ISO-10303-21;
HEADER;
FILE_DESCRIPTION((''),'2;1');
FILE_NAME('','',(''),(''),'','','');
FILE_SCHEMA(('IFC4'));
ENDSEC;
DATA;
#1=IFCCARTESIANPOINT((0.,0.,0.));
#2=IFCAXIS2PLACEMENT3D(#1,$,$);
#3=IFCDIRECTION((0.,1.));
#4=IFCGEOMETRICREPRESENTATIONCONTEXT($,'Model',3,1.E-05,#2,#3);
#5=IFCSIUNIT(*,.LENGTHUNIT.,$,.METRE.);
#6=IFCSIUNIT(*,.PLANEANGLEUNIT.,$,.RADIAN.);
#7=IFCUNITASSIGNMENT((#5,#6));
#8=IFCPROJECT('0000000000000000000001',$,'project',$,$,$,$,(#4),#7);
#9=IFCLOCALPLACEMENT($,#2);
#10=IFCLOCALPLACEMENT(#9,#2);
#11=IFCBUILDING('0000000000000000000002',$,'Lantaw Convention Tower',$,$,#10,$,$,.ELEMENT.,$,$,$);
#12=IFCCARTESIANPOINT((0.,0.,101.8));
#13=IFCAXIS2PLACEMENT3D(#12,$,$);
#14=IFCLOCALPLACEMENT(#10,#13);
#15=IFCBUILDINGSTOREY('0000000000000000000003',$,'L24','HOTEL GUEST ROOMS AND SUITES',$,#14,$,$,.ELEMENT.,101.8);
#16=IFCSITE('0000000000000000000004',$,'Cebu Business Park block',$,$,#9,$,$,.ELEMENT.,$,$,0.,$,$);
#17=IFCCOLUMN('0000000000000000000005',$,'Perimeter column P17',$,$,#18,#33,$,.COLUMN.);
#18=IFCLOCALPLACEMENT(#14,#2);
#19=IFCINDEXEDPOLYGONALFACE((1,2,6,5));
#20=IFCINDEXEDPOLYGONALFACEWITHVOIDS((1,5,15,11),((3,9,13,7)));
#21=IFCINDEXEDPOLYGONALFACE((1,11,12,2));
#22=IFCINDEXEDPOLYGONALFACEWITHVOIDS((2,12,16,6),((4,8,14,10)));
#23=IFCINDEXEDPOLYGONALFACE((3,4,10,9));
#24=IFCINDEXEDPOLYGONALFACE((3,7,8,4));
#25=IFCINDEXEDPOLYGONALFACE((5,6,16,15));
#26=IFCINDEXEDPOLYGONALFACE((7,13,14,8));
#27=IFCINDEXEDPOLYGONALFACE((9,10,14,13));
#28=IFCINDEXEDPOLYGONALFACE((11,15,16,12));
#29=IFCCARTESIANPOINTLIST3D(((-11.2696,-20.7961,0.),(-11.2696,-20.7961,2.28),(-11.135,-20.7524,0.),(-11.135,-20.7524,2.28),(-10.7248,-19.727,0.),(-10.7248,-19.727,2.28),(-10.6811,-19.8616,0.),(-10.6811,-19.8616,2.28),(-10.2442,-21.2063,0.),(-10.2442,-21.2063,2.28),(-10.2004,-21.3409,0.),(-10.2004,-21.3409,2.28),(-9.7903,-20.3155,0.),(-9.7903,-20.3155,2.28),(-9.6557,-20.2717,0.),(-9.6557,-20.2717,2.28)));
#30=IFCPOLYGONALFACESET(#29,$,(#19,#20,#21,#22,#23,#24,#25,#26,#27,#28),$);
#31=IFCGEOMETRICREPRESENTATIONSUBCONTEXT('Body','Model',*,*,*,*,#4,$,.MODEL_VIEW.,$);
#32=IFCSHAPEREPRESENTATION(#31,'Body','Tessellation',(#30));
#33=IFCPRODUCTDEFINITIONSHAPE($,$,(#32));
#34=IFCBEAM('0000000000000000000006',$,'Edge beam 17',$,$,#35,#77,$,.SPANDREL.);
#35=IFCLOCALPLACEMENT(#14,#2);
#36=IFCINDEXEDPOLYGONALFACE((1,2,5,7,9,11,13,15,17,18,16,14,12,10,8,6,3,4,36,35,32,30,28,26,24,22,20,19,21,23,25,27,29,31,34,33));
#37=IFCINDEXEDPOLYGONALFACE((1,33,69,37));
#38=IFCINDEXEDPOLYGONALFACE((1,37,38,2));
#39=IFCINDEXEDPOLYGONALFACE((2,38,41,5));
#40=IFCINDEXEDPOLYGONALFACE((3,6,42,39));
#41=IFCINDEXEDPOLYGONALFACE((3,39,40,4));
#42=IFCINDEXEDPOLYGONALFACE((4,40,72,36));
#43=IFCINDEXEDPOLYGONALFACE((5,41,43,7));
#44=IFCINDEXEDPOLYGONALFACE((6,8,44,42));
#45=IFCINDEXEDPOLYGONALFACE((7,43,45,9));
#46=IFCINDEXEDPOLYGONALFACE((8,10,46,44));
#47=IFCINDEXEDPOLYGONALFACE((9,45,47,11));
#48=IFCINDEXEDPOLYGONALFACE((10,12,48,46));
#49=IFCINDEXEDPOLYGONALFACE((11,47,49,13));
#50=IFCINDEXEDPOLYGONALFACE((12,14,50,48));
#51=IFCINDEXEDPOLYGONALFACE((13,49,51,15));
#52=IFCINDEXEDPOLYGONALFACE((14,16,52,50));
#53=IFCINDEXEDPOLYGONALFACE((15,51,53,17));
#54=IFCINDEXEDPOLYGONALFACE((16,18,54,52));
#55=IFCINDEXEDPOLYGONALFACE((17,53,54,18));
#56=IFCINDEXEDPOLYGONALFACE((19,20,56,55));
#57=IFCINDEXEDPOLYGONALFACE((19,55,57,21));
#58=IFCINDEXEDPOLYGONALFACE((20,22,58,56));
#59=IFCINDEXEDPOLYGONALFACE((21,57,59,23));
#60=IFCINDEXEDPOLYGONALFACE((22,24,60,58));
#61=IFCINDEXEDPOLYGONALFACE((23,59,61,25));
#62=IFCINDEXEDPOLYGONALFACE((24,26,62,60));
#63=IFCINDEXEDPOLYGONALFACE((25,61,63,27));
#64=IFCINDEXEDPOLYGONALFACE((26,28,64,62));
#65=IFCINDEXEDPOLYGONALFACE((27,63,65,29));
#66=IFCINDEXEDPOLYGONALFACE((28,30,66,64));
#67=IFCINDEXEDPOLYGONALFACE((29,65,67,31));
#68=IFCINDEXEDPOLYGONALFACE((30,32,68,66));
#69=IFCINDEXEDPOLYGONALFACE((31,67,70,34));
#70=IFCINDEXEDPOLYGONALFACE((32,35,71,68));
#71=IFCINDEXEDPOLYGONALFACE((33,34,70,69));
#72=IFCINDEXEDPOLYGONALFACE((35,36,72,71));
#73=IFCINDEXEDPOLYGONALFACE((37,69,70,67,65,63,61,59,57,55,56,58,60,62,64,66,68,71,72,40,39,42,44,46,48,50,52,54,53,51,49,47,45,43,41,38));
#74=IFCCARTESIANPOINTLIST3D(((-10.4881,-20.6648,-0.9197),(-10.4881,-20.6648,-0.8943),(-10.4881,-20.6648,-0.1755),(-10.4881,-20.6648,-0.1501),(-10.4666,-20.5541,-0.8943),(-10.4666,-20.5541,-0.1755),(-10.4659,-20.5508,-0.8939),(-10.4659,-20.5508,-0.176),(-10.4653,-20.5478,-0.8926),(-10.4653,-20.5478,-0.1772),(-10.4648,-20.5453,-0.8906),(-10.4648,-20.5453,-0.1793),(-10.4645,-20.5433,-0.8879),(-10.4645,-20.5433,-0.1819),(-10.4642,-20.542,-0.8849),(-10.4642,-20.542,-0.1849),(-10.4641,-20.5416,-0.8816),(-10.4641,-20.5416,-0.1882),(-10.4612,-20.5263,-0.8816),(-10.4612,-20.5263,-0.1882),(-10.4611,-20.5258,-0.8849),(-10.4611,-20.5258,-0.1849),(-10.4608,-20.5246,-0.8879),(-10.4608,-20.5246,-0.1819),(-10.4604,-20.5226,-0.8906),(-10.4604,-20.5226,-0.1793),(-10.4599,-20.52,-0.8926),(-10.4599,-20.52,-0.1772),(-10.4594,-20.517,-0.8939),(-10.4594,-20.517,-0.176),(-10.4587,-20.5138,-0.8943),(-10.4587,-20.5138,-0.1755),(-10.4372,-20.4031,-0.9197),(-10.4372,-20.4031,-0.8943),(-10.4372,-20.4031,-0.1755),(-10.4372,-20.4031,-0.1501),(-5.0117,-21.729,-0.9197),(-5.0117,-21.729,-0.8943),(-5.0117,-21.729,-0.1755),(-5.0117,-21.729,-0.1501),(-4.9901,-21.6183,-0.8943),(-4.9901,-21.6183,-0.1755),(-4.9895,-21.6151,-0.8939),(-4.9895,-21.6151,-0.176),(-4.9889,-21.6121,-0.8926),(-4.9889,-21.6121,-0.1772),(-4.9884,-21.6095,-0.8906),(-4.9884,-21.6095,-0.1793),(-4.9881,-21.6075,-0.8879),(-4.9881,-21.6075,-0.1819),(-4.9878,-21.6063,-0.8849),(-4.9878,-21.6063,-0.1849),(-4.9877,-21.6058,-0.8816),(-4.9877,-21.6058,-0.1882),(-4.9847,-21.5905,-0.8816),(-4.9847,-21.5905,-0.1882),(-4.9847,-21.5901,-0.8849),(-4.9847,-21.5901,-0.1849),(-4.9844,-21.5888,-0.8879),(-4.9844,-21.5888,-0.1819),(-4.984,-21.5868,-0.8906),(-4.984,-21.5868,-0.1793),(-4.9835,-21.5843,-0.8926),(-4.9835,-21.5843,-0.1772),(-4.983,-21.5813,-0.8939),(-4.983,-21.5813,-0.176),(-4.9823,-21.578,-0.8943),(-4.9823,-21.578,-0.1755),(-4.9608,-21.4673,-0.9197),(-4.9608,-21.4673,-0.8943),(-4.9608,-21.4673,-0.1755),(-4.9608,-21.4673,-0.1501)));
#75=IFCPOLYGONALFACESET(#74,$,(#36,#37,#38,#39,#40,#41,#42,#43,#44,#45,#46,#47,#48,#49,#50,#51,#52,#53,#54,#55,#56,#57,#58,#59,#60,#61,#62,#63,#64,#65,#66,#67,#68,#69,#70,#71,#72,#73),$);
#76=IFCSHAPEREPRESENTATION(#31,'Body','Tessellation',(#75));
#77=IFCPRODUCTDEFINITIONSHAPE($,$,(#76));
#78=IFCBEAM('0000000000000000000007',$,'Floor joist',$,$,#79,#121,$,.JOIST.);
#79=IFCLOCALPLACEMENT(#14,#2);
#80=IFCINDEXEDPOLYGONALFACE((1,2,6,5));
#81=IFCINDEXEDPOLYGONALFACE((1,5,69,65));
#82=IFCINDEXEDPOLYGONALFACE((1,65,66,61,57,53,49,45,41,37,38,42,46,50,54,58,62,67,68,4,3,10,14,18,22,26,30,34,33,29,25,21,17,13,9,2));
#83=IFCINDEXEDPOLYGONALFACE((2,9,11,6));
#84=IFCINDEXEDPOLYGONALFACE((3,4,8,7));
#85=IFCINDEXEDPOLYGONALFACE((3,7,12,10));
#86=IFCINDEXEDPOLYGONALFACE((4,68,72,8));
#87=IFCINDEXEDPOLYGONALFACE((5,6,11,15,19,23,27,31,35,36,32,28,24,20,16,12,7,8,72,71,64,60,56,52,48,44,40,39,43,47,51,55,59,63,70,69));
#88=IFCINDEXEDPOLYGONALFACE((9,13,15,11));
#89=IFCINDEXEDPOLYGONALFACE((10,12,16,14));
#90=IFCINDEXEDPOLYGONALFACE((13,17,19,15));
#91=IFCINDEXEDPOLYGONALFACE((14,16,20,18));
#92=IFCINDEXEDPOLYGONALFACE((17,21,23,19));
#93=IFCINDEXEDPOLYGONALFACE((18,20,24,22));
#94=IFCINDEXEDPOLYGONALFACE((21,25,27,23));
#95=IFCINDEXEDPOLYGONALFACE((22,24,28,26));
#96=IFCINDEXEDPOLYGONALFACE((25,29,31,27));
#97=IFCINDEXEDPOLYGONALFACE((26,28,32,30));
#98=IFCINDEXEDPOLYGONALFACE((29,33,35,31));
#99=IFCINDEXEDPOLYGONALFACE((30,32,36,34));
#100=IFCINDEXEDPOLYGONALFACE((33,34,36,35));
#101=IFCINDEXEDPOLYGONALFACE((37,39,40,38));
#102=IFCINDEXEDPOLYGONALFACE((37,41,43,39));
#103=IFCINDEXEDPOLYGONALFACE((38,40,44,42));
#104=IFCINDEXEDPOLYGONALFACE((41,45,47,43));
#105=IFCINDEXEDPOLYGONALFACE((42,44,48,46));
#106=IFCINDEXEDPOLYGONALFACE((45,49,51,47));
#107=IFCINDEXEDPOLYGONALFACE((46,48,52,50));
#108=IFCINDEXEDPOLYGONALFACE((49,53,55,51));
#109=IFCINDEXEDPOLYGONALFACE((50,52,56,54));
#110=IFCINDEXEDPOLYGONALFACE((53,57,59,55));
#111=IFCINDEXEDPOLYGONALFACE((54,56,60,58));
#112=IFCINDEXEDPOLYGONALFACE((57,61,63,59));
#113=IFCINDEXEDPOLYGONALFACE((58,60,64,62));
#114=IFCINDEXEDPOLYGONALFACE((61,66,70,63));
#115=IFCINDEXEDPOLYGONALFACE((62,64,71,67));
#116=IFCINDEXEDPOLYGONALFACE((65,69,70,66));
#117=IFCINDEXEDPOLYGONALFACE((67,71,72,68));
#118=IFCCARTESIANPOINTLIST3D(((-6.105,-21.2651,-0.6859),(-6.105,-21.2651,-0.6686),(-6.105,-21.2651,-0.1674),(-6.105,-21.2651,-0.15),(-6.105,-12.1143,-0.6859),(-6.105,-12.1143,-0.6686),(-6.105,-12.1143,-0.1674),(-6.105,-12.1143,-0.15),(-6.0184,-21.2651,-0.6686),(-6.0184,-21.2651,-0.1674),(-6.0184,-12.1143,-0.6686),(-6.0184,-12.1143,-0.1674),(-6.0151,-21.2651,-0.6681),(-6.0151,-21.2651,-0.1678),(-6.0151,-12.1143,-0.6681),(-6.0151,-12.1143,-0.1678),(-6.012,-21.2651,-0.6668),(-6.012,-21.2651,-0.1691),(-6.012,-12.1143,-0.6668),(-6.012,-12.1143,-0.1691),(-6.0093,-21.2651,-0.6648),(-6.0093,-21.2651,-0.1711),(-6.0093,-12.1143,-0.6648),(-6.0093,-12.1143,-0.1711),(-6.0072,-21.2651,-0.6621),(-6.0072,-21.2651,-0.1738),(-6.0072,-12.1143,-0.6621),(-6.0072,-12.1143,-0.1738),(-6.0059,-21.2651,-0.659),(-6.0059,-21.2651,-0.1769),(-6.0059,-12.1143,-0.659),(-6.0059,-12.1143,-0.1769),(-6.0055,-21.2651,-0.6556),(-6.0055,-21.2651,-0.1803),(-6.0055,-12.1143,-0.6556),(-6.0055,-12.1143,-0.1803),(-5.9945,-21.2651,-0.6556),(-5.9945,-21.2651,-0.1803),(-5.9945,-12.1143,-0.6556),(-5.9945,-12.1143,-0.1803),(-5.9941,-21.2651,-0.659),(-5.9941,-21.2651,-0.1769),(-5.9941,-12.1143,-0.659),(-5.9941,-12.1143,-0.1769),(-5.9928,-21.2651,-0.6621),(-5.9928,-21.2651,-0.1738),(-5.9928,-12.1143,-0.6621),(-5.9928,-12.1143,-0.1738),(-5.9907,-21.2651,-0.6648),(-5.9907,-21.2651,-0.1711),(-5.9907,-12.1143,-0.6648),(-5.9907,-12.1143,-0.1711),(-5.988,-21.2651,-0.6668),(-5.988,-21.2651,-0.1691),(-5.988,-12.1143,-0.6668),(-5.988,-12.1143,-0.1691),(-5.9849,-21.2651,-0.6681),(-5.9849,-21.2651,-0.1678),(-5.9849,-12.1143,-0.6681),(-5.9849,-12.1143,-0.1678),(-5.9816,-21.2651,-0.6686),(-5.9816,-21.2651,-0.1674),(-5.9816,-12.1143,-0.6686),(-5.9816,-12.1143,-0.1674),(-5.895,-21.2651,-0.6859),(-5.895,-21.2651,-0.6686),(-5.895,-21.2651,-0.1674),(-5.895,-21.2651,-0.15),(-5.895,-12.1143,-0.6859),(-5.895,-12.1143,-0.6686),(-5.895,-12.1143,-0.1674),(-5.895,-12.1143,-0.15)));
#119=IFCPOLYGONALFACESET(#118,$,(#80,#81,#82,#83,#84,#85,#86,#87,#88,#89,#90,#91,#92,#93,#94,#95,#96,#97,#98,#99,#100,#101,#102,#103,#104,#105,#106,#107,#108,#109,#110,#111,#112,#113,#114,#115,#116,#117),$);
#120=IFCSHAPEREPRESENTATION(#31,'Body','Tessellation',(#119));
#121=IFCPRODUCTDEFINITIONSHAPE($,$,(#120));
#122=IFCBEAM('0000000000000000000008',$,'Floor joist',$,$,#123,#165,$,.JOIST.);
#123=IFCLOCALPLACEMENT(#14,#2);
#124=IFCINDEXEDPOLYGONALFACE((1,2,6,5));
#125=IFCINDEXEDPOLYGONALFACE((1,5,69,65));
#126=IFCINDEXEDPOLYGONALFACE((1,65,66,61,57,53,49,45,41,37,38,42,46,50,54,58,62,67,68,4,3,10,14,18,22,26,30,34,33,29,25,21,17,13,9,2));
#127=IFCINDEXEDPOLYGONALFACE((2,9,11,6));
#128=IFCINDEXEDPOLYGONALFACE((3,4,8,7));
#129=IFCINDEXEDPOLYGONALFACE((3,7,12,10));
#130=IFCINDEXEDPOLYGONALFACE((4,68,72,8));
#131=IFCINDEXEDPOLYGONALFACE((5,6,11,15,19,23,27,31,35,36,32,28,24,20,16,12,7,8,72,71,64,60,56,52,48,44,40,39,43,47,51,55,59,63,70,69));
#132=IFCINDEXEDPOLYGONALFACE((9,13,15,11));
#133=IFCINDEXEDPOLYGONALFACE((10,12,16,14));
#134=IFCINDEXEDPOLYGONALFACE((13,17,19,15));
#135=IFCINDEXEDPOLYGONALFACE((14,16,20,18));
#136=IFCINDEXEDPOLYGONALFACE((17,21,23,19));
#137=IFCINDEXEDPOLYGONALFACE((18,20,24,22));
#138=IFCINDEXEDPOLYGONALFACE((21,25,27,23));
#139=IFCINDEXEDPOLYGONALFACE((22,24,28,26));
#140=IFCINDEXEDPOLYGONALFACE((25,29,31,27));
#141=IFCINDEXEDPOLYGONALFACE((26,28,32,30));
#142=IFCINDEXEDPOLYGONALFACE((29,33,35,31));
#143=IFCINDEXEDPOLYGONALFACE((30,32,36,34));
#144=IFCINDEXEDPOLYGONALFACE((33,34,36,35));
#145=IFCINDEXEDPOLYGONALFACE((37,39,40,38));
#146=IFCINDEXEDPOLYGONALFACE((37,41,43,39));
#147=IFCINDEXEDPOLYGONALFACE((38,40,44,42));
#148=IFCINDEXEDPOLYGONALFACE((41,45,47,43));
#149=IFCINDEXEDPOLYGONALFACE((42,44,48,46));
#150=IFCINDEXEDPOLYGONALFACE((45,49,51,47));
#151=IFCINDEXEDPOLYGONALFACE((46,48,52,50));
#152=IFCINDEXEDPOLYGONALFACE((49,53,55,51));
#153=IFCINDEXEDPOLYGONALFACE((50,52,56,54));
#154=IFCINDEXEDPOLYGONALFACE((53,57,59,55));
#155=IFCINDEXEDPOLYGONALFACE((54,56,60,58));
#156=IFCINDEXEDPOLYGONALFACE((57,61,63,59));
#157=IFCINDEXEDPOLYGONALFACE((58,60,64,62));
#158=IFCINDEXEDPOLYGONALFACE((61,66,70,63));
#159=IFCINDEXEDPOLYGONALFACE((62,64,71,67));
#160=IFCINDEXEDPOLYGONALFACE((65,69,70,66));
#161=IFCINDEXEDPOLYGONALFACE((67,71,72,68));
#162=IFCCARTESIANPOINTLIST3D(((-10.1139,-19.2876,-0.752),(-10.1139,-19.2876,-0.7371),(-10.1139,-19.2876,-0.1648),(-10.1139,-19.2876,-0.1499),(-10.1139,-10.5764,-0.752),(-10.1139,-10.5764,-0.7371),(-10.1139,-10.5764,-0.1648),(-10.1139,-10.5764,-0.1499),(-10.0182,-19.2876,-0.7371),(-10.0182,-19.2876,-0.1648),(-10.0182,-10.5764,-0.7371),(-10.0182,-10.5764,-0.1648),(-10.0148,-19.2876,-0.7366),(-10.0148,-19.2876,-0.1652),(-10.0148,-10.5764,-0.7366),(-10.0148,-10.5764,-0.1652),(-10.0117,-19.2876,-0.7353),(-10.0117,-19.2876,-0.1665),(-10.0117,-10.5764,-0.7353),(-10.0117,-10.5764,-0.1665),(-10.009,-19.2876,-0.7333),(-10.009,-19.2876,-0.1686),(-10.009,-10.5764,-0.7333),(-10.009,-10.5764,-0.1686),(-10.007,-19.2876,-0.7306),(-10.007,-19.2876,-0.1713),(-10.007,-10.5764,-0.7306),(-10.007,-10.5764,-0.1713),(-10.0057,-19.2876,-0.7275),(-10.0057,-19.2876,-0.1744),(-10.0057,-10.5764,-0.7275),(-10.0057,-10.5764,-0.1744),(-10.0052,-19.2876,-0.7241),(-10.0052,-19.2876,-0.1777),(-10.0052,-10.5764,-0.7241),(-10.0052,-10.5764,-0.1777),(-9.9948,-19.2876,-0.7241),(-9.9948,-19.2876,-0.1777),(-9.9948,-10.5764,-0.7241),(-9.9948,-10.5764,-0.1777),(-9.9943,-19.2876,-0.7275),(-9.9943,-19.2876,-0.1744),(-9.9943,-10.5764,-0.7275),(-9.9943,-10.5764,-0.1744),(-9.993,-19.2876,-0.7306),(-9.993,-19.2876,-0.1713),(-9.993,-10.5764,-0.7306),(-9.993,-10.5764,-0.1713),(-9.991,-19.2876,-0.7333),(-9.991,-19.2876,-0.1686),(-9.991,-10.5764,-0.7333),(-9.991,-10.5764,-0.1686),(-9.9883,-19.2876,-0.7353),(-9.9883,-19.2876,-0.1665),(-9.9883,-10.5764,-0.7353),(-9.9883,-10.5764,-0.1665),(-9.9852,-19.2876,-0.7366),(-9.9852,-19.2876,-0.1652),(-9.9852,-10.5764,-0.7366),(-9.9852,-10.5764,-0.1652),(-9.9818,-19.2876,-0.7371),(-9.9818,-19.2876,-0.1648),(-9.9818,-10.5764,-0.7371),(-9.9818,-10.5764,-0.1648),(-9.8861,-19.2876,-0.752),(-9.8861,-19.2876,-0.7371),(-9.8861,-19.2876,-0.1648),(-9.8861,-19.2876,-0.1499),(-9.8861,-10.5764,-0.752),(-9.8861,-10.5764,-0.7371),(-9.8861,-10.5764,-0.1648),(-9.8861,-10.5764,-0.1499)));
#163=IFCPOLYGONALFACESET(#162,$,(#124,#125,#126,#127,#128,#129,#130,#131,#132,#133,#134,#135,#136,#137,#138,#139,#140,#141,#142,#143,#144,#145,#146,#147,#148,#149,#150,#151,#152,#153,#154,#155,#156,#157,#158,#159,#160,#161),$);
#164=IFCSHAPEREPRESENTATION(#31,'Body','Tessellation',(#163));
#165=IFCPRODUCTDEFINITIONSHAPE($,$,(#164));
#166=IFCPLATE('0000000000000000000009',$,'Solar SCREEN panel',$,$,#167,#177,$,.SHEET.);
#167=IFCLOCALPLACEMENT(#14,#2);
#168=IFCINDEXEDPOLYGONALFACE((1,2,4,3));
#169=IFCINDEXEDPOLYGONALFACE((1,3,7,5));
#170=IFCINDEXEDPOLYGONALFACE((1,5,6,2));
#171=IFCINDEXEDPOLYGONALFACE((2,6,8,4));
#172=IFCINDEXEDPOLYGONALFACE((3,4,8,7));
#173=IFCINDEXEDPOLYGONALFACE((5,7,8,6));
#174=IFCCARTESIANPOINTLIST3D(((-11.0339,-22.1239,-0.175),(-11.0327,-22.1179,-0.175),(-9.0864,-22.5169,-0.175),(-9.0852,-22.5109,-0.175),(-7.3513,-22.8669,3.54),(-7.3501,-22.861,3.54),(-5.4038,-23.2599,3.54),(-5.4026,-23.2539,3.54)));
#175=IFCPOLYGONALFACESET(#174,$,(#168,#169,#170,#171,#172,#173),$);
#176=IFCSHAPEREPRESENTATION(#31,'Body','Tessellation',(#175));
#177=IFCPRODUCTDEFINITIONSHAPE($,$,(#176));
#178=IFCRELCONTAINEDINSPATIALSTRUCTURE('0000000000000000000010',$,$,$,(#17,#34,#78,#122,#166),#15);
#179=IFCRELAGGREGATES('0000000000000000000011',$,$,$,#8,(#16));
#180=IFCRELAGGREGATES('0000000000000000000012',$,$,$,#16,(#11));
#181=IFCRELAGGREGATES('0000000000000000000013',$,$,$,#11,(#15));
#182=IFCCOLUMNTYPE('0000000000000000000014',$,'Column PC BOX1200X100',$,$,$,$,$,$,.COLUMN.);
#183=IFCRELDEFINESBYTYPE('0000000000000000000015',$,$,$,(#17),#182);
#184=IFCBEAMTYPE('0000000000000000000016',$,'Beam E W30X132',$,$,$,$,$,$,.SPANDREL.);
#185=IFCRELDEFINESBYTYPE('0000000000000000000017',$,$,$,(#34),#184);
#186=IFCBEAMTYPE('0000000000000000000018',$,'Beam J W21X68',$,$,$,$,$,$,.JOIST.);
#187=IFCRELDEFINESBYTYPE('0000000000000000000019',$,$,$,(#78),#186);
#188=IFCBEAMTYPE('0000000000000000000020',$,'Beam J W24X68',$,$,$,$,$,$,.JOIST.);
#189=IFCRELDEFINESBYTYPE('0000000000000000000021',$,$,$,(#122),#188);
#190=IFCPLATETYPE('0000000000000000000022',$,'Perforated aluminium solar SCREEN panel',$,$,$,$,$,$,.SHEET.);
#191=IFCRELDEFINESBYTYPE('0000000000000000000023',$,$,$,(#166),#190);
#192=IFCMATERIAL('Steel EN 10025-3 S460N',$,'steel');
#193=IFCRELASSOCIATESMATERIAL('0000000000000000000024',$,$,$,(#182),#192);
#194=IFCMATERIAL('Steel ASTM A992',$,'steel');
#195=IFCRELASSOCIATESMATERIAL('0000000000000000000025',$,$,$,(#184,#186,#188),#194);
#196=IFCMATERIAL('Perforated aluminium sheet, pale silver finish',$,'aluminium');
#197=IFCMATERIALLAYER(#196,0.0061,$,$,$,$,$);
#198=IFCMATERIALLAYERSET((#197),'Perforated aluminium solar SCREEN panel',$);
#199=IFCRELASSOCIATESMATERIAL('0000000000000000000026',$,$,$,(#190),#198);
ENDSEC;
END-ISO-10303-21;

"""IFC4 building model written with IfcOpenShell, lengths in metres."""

from ifc_helpers import new_model, si_unit, direction, frame, origin, origin_2d, place, context, subcontext, project, spatial, polyline, rectangle, hollow_rectangle, i_section, outline, extrude, material, layer, layer_set, material_profile, profile_set, type_object, element, save


model = new_model("IFC4")

# Units and contexts
model_context = context("Model", 3, precision=1e-05, world=origin(), true_north=direction((0.0, 1.0)))
body_context = subcontext(model_context, "Body", "Model", "MODEL_VIEW")
ifc_project = project(units=[si_unit("LENGTHUNIT", "METRE"), si_unit("PLANEANGLEUNIT", "RADIAN")], contexts=[model_context])

# Site, building, storey
site_placement = place(None, origin())
site = spatial("IfcSite", under=ifc_project, at=site_placement, Name="Cebu Business Park block", CompositionType="ELEMENT", RefElevation=0.0)
building_placement = place(site_placement, origin())
building = spatial("IfcBuilding", under=site, at=building_placement, Name="Lantaw Convention Tower", CompositionType="ELEMENT")
storey_placement = place(building_placement, frame((0.0, 0.0, 101.8)))
storey = spatial("IfcBuildingStorey", under=building, at=storey_placement, Name="L24", Description="HOTEL GUEST ROOMS AND SUITES", CompositionType="ELEMENT", Elevation=101.8)

# Column
ifc_material_1 = material(Name="Steel EN 10025-3 S460N", Category="steel")
ifc_material_profile_1 = material_profile(ifc_material_1, hollow_rectangle(XDim=1.2, YDim=1.2, WallThickness=0.1001, at=origin_2d()), Name="BOX1200X100")
ifc_material_2 = material(Name="Concrete C60/75", Category="concrete")
ifc_material_profile_2 = material_profile(ifc_material_2, rectangle(XDim=1.0, YDim=1.0, at=origin_2d()), Name="Concrete fill of BOX1200X100")
ifc_profile_set_1 = profile_set([ifc_material_profile_1, ifc_material_profile_2], Name="Steel EN 10025-3 S460N")
column_type = type_object("IfcColumnType", Name="Column PC BOX1200X100", PredefinedType="COLUMN", material=ifc_profile_set_1)
column_placement = place(storey_placement, frame((-10.4626, -20.5339, 0.0), z_axis=(0.0, 0.0, 1.0), x_axis=(0.45399, 0.891007, 0.0)))
element("IfcColumn", 1, at=column_placement, inside=storey, type_object=column_type, Name="Perimeter column P17", PredefinedType="COLUMN", context=body_context, shape_type="SweptSolid", body=[
    extrude(hollow_rectangle(XDim=1.2, YDim=1.2, WallThickness=0.1001, at=origin_2d()), origin(), (0.0, 0.0, 1.0), 2.28),
])

# Beams
ifc_material_3 = material(Name="Steel ASTM A992", Category="steel")
ifc_material_profile_3 = material_profile(ifc_material_3, i_section(OverallWidth=0.2666, OverallDepth=0.7695, WebThickness=0.0156, FlangeThickness=0.0254, FilletRadius=0.0127, at=origin_2d()), Name="W30X132")
ifc_profile_set_2 = profile_set([ifc_material_profile_3], Name="Steel ASTM A992")
beam_type_1 = type_object("IfcBeamType", Name="Beam E W30X132", PredefinedType="SPANDREL", material=ifc_profile_set_2)
beam_1_placement = place(storey_placement, frame((-10.4626, -20.5339, -0.5349), z_axis=(0.981637, -0.190761, 0.0), x_axis=(0.190761, 0.981637, 0.0)))
element("IfcBeam", 2, at=beam_1_placement, inside=storey, type_object=beam_type_1, Name="Edge beam 17", PredefinedType="SPANDREL", context=body_context, shape_type="SweptSolid", body=[
    extrude(i_section(OverallWidth=0.2666, OverallDepth=0.7695, WebThickness=0.0156, FlangeThickness=0.0254, FilletRadius=0.0127, at=origin_2d()), origin(), (0.0, 0.0, 1.0), 5.5789),
])
ifc_material_profile_4 = material_profile(ifc_material_3, i_section(OverallWidth=0.21, OverallDepth=0.5359, WebThickness=0.011, FlangeThickness=0.0173, FilletRadius=0.0129, at=origin_2d()), Name="W21X68")
ifc_profile_set_3 = profile_set([ifc_material_profile_4], Name="Steel ASTM A992")
beam_type_2 = type_object("IfcBeamType", Name="Beam J W21X68", PredefinedType="JOIST", material=ifc_profile_set_3)
beam_2_placement = place(storey_placement, frame((-6.0, -21.2651, -0.418), z_axis=(0.0, 1.0, 0.0), x_axis=(-1.0, 0.0, 0.0)))
element("IfcBeam", 3, at=beam_2_placement, inside=storey, type_object=beam_type_2, Name="Floor joist", PredefinedType="JOIST", context=body_context, shape_type="SweptSolid", body=[
    extrude(i_section(OverallWidth=0.21, OverallDepth=0.5359, WebThickness=0.011, FlangeThickness=0.0173, FilletRadius=0.0129, at=origin_2d()), origin(), (0.0, 0.0, 1.0), 9.1509),
])
ifc_material_profile_5 = material_profile(ifc_material_3, i_section(OverallWidth=0.2278, OverallDepth=0.6021, WebThickness=0.0105, FlangeThickness=0.0149, FilletRadius=0.0129, at=origin_2d()), Name="W24X68")
ifc_profile_set_4 = profile_set([ifc_material_profile_5], Name="Steel ASTM A992")
beam_type_3 = type_object("IfcBeamType", Name="Beam J W24X68", PredefinedType="JOIST", material=ifc_profile_set_4)
beam_3_placement = place(storey_placement, frame((-10.0, -19.2876, -0.4509), z_axis=(0.0, 1.0, 0.0), x_axis=(-1.0, 0.0, 0.0)))
element("IfcBeam", 4, at=beam_3_placement, inside=storey, type_object=beam_type_3, Name="Floor joist", PredefinedType="JOIST", context=body_context, shape_type="SweptSolid", body=[
    extrude(i_section(OverallWidth=0.2278, OverallDepth=0.6021, WebThickness=0.0105, FlangeThickness=0.0149, FilletRadius=0.0129, at=origin_2d()), origin(), (0.0, 0.0, 1.0), 8.7112),
])

# Plate
ifc_material_4 = material(Name="Perforated aluminium sheet, pale silver finish", Category="aluminium")
ifc_layer_1 = layer(ifc_material_4, 0.0061)
ifc_layer_set_1 = layer_set([ifc_layer_1], Name="Perforated aluminium solar SCREEN panel")
plate_type = type_object("IfcPlateType", Name="Perforated aluminium solar SCREEN panel", PredefinedType="SHEET", material=ifc_layer_set_1)
plate_placement = place(storey_placement, frame((-11.0327, -22.1179, -0.175), z_axis=(0.197782, 0.980246, 0.000002), x_axis=(0.980246, -0.197782, 0.0)))
element("IfcPlate", 5, at=plate_placement, inside=storey, type_object=plate_type, Name="Solar SCREEN panel", PredefinedType="SHEET", context=body_context, shape_type="SweptSolid", body=[
    extrude(outline(polyline([(0.0, 0.0), (1.9868, 0.0), (5.7436, -3.7151), (3.7569, -3.7151), (0.0, 0.0)])), origin(), (0.0, 0.0, -1.0), 0.0061),
])

save(model, "model.ifc")
